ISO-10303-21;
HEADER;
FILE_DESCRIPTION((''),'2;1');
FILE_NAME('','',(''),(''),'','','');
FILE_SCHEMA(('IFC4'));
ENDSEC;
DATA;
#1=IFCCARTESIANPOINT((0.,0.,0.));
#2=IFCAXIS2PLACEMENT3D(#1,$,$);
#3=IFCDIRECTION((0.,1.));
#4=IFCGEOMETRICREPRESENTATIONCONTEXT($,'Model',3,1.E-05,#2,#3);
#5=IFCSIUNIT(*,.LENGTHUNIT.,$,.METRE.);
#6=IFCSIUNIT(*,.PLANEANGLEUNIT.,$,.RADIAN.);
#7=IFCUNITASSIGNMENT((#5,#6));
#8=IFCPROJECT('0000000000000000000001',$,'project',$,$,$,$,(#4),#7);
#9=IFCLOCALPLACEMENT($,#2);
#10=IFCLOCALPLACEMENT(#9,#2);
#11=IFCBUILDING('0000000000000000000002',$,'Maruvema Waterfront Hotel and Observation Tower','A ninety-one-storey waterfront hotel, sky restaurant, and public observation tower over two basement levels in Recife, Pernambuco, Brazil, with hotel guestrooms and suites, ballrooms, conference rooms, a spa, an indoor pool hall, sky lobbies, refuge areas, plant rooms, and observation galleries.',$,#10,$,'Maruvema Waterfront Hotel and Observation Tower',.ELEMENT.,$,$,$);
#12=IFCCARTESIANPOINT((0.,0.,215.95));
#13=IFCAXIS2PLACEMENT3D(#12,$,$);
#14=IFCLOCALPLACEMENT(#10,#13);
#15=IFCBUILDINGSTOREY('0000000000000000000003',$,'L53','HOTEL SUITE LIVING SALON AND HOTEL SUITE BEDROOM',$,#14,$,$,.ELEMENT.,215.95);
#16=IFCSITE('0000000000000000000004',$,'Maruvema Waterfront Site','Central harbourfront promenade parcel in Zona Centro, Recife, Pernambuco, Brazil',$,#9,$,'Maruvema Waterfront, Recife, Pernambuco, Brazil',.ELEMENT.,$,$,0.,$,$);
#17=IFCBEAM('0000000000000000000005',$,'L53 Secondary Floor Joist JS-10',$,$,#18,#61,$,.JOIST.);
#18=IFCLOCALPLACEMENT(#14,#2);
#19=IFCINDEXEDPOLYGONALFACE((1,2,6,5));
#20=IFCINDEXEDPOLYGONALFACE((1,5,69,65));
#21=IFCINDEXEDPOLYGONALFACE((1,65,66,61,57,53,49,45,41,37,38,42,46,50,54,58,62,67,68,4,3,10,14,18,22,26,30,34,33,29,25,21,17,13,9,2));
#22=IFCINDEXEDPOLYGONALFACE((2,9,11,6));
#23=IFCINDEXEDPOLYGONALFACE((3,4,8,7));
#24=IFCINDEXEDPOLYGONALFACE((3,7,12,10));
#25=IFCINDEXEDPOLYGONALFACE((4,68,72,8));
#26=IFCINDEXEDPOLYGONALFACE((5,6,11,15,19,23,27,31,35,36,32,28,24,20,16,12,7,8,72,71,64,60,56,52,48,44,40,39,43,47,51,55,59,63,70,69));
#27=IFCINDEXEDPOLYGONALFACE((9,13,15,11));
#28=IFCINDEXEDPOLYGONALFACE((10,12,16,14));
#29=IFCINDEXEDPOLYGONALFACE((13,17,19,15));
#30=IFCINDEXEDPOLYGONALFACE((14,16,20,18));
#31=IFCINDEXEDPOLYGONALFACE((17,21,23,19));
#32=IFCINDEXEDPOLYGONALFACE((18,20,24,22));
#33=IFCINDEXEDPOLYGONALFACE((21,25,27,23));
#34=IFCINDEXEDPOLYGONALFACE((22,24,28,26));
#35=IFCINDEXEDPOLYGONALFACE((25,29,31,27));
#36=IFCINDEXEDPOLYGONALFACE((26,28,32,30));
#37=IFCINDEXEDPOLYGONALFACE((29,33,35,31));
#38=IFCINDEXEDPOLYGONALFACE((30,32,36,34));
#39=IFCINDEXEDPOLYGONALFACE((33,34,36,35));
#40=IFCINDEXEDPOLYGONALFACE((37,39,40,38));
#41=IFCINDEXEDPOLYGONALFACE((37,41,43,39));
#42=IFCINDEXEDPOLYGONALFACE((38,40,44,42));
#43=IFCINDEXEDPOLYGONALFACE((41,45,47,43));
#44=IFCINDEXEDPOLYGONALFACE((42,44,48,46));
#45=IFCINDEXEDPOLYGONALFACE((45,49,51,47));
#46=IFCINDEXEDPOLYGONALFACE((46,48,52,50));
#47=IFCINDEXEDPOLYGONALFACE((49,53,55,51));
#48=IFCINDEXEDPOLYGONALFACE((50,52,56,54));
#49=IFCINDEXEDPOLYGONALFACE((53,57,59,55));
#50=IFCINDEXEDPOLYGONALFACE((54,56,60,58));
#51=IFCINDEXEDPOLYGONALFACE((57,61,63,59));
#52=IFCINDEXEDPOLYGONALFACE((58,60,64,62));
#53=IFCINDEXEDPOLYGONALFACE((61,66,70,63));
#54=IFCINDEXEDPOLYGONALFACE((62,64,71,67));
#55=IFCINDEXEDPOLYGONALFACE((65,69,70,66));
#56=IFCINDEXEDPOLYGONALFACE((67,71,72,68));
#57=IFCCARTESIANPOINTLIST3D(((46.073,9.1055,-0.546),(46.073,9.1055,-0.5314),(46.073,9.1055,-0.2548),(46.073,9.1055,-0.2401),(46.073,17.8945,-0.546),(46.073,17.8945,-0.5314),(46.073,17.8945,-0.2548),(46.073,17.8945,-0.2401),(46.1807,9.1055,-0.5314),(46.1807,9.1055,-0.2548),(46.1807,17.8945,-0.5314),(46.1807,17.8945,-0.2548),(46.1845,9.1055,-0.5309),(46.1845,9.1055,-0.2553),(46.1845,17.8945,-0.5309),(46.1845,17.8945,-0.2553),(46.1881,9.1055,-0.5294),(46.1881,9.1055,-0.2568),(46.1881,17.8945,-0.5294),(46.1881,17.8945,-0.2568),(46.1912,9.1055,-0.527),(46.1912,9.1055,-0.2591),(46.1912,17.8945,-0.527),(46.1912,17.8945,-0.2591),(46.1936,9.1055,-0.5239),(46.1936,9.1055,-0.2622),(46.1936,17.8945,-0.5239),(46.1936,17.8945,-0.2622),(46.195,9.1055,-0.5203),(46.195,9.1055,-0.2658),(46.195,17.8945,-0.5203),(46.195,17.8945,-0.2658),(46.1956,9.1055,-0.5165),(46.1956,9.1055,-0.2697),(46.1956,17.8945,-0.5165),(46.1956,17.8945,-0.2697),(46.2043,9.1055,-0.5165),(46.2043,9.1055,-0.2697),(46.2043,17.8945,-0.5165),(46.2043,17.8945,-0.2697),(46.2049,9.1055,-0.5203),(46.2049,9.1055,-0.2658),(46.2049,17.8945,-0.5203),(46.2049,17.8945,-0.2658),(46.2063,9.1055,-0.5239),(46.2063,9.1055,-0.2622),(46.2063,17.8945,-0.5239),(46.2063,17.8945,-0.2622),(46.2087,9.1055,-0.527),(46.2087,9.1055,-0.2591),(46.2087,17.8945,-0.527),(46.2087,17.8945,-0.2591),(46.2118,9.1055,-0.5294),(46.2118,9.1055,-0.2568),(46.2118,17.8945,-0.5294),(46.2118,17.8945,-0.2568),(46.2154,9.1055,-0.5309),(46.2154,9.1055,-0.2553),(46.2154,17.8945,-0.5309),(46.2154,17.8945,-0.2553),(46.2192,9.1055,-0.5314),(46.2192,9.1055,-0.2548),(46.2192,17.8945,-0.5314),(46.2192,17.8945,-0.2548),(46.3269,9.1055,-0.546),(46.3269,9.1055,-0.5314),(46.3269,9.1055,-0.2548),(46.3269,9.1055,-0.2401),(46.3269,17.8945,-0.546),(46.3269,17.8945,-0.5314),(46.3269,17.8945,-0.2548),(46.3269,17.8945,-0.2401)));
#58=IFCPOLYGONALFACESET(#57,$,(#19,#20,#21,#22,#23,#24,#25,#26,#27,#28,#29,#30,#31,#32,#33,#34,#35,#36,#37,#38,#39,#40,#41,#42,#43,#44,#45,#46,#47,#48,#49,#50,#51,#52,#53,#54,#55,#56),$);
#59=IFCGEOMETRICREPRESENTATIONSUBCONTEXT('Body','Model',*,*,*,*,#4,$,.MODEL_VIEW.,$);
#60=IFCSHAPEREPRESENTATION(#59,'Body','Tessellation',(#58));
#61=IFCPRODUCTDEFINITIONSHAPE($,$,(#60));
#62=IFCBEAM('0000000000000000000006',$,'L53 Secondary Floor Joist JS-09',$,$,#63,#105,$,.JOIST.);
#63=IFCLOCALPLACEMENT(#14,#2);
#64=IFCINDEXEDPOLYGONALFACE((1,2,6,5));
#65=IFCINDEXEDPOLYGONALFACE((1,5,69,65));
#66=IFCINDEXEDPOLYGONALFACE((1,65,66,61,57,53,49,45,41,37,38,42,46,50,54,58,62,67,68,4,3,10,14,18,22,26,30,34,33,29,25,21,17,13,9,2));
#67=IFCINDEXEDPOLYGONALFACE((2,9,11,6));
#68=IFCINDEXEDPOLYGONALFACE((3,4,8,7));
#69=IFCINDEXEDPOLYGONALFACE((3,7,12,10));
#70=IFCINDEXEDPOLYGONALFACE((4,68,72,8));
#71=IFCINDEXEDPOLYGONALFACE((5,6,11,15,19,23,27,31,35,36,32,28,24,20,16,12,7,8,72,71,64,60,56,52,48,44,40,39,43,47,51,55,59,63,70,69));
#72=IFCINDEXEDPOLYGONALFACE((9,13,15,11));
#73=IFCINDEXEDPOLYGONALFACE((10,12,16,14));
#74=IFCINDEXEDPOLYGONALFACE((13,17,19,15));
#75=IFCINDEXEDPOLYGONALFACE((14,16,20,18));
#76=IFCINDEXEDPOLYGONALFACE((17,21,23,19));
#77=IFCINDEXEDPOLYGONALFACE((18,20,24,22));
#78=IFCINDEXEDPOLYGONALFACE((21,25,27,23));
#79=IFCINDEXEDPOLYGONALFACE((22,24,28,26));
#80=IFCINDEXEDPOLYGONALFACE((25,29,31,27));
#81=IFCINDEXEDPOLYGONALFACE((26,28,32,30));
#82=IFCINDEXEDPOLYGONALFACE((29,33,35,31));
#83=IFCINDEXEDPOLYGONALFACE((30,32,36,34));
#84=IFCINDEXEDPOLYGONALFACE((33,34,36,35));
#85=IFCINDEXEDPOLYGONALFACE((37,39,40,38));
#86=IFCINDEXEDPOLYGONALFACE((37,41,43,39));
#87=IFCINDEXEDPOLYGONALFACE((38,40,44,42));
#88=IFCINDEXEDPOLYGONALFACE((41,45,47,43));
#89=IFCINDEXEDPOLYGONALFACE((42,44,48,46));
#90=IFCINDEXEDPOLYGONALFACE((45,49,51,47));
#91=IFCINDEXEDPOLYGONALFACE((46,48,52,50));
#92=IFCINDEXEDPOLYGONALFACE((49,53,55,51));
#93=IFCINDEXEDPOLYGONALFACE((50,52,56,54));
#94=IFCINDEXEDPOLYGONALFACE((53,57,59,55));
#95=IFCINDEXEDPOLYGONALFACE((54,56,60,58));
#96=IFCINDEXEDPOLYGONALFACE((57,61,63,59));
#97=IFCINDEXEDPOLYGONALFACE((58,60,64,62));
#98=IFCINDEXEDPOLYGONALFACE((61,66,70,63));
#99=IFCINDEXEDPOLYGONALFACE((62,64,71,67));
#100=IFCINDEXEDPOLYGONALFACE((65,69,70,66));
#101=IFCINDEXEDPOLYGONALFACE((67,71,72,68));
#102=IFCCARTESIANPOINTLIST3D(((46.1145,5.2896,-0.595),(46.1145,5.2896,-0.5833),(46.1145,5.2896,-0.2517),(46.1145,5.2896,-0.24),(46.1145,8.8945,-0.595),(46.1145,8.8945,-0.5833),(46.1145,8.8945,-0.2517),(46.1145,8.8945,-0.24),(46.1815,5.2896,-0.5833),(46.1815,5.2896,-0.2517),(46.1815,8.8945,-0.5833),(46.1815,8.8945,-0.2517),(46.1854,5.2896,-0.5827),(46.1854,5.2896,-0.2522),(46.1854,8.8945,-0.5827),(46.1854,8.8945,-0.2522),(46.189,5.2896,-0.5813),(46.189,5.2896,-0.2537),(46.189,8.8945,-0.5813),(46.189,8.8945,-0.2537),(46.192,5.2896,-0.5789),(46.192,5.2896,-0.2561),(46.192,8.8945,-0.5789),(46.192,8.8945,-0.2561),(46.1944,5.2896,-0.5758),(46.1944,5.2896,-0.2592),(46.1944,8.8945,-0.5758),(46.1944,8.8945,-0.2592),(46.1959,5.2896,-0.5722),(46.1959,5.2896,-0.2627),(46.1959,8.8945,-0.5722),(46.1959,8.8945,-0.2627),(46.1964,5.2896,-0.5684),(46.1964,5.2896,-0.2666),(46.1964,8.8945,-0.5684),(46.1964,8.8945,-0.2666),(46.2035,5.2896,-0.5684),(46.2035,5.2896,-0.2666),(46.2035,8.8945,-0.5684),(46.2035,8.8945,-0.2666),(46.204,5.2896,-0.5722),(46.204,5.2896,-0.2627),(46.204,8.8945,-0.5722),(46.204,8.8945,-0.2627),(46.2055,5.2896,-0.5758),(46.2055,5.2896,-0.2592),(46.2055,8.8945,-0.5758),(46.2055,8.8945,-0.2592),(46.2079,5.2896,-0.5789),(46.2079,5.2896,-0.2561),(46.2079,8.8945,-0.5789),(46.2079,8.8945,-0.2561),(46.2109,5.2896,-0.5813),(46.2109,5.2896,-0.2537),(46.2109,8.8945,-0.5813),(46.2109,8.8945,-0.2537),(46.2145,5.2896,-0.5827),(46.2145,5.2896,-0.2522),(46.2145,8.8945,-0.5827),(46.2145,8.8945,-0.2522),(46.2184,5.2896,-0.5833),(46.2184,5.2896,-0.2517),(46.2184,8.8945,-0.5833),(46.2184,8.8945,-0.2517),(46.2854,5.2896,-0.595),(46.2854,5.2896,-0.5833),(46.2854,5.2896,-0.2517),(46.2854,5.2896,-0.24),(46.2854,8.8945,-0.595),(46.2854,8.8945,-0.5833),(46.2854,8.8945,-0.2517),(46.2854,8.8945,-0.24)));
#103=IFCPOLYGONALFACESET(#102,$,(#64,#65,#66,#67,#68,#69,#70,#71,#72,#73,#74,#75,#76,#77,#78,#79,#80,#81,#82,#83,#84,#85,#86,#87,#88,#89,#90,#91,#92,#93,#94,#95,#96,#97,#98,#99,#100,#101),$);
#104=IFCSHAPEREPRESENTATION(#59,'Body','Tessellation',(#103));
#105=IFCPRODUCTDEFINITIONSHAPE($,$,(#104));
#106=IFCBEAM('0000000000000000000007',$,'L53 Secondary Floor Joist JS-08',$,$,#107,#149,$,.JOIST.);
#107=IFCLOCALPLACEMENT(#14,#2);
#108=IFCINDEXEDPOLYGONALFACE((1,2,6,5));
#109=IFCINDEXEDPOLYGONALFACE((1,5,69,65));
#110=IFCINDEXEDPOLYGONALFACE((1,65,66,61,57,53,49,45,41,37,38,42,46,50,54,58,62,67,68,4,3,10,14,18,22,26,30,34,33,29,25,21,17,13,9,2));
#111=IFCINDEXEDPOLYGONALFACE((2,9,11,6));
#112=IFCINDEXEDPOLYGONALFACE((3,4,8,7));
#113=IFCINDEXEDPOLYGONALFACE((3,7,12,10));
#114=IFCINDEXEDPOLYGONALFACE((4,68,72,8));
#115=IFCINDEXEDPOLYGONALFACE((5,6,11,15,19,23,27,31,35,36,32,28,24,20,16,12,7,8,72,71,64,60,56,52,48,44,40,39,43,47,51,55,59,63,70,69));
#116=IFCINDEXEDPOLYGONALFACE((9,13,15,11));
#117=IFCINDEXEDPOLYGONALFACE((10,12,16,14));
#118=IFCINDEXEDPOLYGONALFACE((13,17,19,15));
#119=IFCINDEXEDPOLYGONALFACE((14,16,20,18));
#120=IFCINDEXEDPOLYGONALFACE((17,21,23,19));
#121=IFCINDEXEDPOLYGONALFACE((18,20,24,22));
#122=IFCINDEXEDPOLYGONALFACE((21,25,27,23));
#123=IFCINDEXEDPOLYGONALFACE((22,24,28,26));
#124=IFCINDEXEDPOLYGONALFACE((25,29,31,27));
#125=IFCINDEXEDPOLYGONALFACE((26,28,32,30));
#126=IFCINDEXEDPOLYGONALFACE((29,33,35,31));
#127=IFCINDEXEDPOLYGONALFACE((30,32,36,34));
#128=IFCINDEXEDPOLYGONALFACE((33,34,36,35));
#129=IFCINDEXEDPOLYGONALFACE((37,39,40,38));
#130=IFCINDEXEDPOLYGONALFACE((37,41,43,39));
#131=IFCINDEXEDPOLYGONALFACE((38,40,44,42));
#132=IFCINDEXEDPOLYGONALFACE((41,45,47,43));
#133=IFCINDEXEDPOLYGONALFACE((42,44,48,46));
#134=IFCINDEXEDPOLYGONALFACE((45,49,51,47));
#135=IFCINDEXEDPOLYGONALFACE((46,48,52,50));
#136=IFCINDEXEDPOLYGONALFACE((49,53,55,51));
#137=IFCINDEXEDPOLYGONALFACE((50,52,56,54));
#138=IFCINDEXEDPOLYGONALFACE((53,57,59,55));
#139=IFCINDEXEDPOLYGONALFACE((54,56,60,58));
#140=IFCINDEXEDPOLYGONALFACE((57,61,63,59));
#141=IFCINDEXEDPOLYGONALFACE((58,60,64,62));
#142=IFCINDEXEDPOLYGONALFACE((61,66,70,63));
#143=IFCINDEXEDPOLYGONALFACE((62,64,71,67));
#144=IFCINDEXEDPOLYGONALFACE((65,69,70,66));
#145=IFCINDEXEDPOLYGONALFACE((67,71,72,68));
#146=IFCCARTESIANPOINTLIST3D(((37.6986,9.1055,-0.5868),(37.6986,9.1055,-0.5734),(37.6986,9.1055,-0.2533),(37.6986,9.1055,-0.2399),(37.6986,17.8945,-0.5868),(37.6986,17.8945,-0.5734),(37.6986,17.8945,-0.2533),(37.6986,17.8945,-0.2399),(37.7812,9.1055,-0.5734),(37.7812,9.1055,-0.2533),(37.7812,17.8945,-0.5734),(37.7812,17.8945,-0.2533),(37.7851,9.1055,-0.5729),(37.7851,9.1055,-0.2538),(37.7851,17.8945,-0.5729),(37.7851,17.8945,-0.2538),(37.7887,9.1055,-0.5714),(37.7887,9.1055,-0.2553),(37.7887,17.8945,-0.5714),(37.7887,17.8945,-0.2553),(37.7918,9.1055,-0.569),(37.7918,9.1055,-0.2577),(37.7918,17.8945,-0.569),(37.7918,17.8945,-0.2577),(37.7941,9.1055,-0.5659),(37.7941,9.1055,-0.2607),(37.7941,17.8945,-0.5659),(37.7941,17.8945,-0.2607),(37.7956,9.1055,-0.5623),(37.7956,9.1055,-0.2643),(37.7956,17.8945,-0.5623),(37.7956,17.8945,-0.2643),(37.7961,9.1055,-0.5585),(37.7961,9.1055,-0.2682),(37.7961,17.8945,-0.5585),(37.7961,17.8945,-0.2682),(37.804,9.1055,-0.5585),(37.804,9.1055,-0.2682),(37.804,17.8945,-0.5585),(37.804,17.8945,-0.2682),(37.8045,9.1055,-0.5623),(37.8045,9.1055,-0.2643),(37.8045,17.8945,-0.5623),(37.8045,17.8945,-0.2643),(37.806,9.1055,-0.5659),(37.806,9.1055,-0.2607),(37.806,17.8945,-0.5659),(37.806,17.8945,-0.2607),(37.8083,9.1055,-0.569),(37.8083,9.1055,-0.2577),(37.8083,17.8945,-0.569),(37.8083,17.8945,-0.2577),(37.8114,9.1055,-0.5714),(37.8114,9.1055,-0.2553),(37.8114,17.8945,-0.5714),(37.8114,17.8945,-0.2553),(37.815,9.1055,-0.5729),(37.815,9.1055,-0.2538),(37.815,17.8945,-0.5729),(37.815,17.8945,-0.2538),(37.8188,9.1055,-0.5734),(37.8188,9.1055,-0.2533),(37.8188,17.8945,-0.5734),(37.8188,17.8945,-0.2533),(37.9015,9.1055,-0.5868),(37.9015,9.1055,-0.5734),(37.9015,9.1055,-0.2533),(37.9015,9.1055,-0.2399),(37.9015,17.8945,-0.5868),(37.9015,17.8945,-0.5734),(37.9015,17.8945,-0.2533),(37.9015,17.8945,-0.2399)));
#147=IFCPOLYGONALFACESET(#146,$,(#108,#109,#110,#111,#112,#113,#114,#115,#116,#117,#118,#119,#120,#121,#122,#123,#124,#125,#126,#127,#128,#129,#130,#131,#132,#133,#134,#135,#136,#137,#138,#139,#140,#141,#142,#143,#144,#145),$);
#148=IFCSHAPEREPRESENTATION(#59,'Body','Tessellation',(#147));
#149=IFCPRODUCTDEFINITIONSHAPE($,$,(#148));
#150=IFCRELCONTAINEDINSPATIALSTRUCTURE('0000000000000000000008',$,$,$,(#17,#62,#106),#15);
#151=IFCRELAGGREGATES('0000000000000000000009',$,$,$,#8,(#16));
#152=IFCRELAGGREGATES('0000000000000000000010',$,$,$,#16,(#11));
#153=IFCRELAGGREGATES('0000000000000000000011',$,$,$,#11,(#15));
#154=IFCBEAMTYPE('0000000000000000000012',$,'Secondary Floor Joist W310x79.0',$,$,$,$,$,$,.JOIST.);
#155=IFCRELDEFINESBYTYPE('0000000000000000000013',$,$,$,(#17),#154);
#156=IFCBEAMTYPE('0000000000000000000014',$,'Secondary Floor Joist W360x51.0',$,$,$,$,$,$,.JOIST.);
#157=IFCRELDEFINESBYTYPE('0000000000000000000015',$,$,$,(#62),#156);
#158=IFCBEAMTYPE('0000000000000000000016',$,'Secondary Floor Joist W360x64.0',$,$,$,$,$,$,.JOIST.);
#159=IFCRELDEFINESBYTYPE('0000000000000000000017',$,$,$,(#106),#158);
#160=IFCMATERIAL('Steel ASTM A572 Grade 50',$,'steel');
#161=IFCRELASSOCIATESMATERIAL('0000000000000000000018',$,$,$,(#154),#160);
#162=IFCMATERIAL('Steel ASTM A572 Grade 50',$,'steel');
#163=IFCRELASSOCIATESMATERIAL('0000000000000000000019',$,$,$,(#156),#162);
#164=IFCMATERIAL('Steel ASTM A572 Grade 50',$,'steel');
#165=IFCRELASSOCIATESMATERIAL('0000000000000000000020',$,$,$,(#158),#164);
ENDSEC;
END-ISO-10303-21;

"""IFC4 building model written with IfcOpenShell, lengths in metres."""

from ifc_helpers import new_model, si_unit, direction, frame, origin, origin_2d, place, context, subcontext, project, spatial, i_section, extrude, material, material_profile, profile_set, type_object, element, save


model = new_model("IFC4")

# Units and contexts
model_context = context("Model", 3, precision=1e-05, world=origin(), true_north=direction((0.0, 1.0)))
body_context = subcontext(model_context, "Body", "Model", "MODEL_VIEW")
ifc_project = project(units=[si_unit("LENGTHUNIT", "METRE"), si_unit("PLANEANGLEUNIT", "RADIAN")], contexts=[model_context])

# Site, building, storey
site_placement = place(None, origin())
site = spatial("IfcSite", under=ifc_project, at=site_placement, Name="Maruvema Waterfront Site", Description="Central harbourfront promenade parcel in Zona Centro, Recife, Pernambuco, Brazil", LongName="Maruvema Waterfront, Recife, Pernambuco, Brazil", CompositionType="ELEMENT", RefElevation=0.0)
building_placement = place(site_placement, origin())
building = spatial("IfcBuilding", under=site, at=building_placement, Name="Maruvema Waterfront Hotel and Observation Tower", Description="A ninety-one-storey waterfront hotel, sky restaurant, and public observation tower over two basement levels in Recife, Pernambuco, Brazil, with hotel guestrooms and suites, ballrooms, conference rooms, a spa, an indoor pool hall, sky lobbies, refuge areas, plant rooms, and observation galleries.", LongName="Maruvema Waterfront Hotel and Observation Tower", CompositionType="ELEMENT")
storey_placement = place(building_placement, frame((0.0, 0.0, 215.95)))
storey = spatial("IfcBuildingStorey", under=building, at=storey_placement, Name="L53", Description="HOTEL SUITE LIVING SALON AND HOTEL SUITE BEDROOM", CompositionType="ELEMENT", Elevation=215.95)

# Beams
ifc_material_1 = material(Name="Steel ASTM A572 Grade 50", Category="steel")
ifc_material_profile_1 = material_profile(ifc_material_1, i_section(OverallWidth=0.2539, OverallDepth=0.3059, WebThickness=0.0088, FlangeThickness=0.0146, FilletRadius=0.0149, at=origin_2d()), Name="W310x79.0")
ifc_profile_set_1 = profile_set([ifc_material_profile_1], Name="Steel ASTM A572 Grade 50")
beam_type_1 = type_object("IfcBeamType", Name="Secondary Floor Joist W310x79.0", PredefinedType="JOIST", material=ifc_profile_set_1)
beam_1_placement = place(storey_placement, frame((46.2, 9.1055, -0.3931), z_axis=(0.0, 1.0, 0.0), x_axis=(-1.0, 0.0, 0.0)))
element("IfcBeam", 1, at=beam_1_placement, inside=storey, type_object=beam_type_1, Name="L53 Secondary Floor Joist JS-10", PredefinedType="JOIST", context=body_context, shape_type="SweptSolid", body=[
    extrude(i_section(OverallWidth=0.2539, OverallDepth=0.3059, WebThickness=0.0088, FlangeThickness=0.0146, FilletRadius=0.0149, at=origin_2d()), origin(), (0.0, 0.0, 1.0), 8.7891),
])
ifc_material_2 = material(Name="Steel ASTM A572 Grade 50", Category="steel")
ifc_material_profile_2 = material_profile(ifc_material_2, i_section(OverallWidth=0.1709, OverallDepth=0.355, WebThickness=0.0071, FlangeThickness=0.0117, FilletRadius=0.0149, at=origin_2d()), Name="W360x51.0")
ifc_profile_set_2 = profile_set([ifc_material_profile_2], Name="Steel ASTM A572 Grade 50")
beam_type_2 = type_object("IfcBeamType", Name="Secondary Floor Joist W360x51.0", PredefinedType="JOIST", material=ifc_profile_set_2)
beam_2_placement = place(storey_placement, frame((46.2, 5.2896, -0.4175), z_axis=(0.0, 1.0, 0.0), x_axis=(-1.0, 0.0, 0.0)))
element("IfcBeam", 2, at=beam_2_placement, inside=storey, type_object=beam_type_2, Name="L53 Secondary Floor Joist JS-09", PredefinedType="JOIST", context=body_context, shape_type="SweptSolid", body=[
    extrude(i_section(OverallWidth=0.1709, OverallDepth=0.355, WebThickness=0.0071, FlangeThickness=0.0117, FilletRadius=0.0149, at=origin_2d()), origin(), (0.0, 0.0, 1.0), 3.605),
])
ifc_material_3 = material(Name="Steel ASTM A572 Grade 50", Category="steel")
ifc_material_profile_3 = material_profile(ifc_material_3, i_section(OverallWidth=0.2029, OverallDepth=0.3469, WebThickness=0.0078, FlangeThickness=0.0134, FilletRadius=0.0149, at=origin_2d()), Name="W360x64.0")
ifc_profile_set_3 = profile_set([ifc_material_profile_3], Name="Steel ASTM A572 Grade 50")
beam_type_3 = type_object("IfcBeamType", Name="Secondary Floor Joist W360x64.0", PredefinedType="JOIST", material=ifc_profile_set_3)
beam_3_placement = place(storey_placement, frame((37.8, 9.1055, -0.4133), z_axis=(0.0, 1.0, 0.0), x_axis=(-1.0, 0.0, 0.0)))
element("IfcBeam", 3, at=beam_3_placement, inside=storey, type_object=beam_type_3, Name="L53 Secondary Floor Joist JS-08", PredefinedType="JOIST", context=body_context, shape_type="SweptSolid", body=[
    extrude(i_section(OverallWidth=0.2029, OverallDepth=0.3469, WebThickness=0.0078, FlangeThickness=0.0134, FilletRadius=0.0149, at=origin_2d()), origin(), (0.0, 0.0, 1.0), 8.7891),
])

save(model, "model.ifc")
